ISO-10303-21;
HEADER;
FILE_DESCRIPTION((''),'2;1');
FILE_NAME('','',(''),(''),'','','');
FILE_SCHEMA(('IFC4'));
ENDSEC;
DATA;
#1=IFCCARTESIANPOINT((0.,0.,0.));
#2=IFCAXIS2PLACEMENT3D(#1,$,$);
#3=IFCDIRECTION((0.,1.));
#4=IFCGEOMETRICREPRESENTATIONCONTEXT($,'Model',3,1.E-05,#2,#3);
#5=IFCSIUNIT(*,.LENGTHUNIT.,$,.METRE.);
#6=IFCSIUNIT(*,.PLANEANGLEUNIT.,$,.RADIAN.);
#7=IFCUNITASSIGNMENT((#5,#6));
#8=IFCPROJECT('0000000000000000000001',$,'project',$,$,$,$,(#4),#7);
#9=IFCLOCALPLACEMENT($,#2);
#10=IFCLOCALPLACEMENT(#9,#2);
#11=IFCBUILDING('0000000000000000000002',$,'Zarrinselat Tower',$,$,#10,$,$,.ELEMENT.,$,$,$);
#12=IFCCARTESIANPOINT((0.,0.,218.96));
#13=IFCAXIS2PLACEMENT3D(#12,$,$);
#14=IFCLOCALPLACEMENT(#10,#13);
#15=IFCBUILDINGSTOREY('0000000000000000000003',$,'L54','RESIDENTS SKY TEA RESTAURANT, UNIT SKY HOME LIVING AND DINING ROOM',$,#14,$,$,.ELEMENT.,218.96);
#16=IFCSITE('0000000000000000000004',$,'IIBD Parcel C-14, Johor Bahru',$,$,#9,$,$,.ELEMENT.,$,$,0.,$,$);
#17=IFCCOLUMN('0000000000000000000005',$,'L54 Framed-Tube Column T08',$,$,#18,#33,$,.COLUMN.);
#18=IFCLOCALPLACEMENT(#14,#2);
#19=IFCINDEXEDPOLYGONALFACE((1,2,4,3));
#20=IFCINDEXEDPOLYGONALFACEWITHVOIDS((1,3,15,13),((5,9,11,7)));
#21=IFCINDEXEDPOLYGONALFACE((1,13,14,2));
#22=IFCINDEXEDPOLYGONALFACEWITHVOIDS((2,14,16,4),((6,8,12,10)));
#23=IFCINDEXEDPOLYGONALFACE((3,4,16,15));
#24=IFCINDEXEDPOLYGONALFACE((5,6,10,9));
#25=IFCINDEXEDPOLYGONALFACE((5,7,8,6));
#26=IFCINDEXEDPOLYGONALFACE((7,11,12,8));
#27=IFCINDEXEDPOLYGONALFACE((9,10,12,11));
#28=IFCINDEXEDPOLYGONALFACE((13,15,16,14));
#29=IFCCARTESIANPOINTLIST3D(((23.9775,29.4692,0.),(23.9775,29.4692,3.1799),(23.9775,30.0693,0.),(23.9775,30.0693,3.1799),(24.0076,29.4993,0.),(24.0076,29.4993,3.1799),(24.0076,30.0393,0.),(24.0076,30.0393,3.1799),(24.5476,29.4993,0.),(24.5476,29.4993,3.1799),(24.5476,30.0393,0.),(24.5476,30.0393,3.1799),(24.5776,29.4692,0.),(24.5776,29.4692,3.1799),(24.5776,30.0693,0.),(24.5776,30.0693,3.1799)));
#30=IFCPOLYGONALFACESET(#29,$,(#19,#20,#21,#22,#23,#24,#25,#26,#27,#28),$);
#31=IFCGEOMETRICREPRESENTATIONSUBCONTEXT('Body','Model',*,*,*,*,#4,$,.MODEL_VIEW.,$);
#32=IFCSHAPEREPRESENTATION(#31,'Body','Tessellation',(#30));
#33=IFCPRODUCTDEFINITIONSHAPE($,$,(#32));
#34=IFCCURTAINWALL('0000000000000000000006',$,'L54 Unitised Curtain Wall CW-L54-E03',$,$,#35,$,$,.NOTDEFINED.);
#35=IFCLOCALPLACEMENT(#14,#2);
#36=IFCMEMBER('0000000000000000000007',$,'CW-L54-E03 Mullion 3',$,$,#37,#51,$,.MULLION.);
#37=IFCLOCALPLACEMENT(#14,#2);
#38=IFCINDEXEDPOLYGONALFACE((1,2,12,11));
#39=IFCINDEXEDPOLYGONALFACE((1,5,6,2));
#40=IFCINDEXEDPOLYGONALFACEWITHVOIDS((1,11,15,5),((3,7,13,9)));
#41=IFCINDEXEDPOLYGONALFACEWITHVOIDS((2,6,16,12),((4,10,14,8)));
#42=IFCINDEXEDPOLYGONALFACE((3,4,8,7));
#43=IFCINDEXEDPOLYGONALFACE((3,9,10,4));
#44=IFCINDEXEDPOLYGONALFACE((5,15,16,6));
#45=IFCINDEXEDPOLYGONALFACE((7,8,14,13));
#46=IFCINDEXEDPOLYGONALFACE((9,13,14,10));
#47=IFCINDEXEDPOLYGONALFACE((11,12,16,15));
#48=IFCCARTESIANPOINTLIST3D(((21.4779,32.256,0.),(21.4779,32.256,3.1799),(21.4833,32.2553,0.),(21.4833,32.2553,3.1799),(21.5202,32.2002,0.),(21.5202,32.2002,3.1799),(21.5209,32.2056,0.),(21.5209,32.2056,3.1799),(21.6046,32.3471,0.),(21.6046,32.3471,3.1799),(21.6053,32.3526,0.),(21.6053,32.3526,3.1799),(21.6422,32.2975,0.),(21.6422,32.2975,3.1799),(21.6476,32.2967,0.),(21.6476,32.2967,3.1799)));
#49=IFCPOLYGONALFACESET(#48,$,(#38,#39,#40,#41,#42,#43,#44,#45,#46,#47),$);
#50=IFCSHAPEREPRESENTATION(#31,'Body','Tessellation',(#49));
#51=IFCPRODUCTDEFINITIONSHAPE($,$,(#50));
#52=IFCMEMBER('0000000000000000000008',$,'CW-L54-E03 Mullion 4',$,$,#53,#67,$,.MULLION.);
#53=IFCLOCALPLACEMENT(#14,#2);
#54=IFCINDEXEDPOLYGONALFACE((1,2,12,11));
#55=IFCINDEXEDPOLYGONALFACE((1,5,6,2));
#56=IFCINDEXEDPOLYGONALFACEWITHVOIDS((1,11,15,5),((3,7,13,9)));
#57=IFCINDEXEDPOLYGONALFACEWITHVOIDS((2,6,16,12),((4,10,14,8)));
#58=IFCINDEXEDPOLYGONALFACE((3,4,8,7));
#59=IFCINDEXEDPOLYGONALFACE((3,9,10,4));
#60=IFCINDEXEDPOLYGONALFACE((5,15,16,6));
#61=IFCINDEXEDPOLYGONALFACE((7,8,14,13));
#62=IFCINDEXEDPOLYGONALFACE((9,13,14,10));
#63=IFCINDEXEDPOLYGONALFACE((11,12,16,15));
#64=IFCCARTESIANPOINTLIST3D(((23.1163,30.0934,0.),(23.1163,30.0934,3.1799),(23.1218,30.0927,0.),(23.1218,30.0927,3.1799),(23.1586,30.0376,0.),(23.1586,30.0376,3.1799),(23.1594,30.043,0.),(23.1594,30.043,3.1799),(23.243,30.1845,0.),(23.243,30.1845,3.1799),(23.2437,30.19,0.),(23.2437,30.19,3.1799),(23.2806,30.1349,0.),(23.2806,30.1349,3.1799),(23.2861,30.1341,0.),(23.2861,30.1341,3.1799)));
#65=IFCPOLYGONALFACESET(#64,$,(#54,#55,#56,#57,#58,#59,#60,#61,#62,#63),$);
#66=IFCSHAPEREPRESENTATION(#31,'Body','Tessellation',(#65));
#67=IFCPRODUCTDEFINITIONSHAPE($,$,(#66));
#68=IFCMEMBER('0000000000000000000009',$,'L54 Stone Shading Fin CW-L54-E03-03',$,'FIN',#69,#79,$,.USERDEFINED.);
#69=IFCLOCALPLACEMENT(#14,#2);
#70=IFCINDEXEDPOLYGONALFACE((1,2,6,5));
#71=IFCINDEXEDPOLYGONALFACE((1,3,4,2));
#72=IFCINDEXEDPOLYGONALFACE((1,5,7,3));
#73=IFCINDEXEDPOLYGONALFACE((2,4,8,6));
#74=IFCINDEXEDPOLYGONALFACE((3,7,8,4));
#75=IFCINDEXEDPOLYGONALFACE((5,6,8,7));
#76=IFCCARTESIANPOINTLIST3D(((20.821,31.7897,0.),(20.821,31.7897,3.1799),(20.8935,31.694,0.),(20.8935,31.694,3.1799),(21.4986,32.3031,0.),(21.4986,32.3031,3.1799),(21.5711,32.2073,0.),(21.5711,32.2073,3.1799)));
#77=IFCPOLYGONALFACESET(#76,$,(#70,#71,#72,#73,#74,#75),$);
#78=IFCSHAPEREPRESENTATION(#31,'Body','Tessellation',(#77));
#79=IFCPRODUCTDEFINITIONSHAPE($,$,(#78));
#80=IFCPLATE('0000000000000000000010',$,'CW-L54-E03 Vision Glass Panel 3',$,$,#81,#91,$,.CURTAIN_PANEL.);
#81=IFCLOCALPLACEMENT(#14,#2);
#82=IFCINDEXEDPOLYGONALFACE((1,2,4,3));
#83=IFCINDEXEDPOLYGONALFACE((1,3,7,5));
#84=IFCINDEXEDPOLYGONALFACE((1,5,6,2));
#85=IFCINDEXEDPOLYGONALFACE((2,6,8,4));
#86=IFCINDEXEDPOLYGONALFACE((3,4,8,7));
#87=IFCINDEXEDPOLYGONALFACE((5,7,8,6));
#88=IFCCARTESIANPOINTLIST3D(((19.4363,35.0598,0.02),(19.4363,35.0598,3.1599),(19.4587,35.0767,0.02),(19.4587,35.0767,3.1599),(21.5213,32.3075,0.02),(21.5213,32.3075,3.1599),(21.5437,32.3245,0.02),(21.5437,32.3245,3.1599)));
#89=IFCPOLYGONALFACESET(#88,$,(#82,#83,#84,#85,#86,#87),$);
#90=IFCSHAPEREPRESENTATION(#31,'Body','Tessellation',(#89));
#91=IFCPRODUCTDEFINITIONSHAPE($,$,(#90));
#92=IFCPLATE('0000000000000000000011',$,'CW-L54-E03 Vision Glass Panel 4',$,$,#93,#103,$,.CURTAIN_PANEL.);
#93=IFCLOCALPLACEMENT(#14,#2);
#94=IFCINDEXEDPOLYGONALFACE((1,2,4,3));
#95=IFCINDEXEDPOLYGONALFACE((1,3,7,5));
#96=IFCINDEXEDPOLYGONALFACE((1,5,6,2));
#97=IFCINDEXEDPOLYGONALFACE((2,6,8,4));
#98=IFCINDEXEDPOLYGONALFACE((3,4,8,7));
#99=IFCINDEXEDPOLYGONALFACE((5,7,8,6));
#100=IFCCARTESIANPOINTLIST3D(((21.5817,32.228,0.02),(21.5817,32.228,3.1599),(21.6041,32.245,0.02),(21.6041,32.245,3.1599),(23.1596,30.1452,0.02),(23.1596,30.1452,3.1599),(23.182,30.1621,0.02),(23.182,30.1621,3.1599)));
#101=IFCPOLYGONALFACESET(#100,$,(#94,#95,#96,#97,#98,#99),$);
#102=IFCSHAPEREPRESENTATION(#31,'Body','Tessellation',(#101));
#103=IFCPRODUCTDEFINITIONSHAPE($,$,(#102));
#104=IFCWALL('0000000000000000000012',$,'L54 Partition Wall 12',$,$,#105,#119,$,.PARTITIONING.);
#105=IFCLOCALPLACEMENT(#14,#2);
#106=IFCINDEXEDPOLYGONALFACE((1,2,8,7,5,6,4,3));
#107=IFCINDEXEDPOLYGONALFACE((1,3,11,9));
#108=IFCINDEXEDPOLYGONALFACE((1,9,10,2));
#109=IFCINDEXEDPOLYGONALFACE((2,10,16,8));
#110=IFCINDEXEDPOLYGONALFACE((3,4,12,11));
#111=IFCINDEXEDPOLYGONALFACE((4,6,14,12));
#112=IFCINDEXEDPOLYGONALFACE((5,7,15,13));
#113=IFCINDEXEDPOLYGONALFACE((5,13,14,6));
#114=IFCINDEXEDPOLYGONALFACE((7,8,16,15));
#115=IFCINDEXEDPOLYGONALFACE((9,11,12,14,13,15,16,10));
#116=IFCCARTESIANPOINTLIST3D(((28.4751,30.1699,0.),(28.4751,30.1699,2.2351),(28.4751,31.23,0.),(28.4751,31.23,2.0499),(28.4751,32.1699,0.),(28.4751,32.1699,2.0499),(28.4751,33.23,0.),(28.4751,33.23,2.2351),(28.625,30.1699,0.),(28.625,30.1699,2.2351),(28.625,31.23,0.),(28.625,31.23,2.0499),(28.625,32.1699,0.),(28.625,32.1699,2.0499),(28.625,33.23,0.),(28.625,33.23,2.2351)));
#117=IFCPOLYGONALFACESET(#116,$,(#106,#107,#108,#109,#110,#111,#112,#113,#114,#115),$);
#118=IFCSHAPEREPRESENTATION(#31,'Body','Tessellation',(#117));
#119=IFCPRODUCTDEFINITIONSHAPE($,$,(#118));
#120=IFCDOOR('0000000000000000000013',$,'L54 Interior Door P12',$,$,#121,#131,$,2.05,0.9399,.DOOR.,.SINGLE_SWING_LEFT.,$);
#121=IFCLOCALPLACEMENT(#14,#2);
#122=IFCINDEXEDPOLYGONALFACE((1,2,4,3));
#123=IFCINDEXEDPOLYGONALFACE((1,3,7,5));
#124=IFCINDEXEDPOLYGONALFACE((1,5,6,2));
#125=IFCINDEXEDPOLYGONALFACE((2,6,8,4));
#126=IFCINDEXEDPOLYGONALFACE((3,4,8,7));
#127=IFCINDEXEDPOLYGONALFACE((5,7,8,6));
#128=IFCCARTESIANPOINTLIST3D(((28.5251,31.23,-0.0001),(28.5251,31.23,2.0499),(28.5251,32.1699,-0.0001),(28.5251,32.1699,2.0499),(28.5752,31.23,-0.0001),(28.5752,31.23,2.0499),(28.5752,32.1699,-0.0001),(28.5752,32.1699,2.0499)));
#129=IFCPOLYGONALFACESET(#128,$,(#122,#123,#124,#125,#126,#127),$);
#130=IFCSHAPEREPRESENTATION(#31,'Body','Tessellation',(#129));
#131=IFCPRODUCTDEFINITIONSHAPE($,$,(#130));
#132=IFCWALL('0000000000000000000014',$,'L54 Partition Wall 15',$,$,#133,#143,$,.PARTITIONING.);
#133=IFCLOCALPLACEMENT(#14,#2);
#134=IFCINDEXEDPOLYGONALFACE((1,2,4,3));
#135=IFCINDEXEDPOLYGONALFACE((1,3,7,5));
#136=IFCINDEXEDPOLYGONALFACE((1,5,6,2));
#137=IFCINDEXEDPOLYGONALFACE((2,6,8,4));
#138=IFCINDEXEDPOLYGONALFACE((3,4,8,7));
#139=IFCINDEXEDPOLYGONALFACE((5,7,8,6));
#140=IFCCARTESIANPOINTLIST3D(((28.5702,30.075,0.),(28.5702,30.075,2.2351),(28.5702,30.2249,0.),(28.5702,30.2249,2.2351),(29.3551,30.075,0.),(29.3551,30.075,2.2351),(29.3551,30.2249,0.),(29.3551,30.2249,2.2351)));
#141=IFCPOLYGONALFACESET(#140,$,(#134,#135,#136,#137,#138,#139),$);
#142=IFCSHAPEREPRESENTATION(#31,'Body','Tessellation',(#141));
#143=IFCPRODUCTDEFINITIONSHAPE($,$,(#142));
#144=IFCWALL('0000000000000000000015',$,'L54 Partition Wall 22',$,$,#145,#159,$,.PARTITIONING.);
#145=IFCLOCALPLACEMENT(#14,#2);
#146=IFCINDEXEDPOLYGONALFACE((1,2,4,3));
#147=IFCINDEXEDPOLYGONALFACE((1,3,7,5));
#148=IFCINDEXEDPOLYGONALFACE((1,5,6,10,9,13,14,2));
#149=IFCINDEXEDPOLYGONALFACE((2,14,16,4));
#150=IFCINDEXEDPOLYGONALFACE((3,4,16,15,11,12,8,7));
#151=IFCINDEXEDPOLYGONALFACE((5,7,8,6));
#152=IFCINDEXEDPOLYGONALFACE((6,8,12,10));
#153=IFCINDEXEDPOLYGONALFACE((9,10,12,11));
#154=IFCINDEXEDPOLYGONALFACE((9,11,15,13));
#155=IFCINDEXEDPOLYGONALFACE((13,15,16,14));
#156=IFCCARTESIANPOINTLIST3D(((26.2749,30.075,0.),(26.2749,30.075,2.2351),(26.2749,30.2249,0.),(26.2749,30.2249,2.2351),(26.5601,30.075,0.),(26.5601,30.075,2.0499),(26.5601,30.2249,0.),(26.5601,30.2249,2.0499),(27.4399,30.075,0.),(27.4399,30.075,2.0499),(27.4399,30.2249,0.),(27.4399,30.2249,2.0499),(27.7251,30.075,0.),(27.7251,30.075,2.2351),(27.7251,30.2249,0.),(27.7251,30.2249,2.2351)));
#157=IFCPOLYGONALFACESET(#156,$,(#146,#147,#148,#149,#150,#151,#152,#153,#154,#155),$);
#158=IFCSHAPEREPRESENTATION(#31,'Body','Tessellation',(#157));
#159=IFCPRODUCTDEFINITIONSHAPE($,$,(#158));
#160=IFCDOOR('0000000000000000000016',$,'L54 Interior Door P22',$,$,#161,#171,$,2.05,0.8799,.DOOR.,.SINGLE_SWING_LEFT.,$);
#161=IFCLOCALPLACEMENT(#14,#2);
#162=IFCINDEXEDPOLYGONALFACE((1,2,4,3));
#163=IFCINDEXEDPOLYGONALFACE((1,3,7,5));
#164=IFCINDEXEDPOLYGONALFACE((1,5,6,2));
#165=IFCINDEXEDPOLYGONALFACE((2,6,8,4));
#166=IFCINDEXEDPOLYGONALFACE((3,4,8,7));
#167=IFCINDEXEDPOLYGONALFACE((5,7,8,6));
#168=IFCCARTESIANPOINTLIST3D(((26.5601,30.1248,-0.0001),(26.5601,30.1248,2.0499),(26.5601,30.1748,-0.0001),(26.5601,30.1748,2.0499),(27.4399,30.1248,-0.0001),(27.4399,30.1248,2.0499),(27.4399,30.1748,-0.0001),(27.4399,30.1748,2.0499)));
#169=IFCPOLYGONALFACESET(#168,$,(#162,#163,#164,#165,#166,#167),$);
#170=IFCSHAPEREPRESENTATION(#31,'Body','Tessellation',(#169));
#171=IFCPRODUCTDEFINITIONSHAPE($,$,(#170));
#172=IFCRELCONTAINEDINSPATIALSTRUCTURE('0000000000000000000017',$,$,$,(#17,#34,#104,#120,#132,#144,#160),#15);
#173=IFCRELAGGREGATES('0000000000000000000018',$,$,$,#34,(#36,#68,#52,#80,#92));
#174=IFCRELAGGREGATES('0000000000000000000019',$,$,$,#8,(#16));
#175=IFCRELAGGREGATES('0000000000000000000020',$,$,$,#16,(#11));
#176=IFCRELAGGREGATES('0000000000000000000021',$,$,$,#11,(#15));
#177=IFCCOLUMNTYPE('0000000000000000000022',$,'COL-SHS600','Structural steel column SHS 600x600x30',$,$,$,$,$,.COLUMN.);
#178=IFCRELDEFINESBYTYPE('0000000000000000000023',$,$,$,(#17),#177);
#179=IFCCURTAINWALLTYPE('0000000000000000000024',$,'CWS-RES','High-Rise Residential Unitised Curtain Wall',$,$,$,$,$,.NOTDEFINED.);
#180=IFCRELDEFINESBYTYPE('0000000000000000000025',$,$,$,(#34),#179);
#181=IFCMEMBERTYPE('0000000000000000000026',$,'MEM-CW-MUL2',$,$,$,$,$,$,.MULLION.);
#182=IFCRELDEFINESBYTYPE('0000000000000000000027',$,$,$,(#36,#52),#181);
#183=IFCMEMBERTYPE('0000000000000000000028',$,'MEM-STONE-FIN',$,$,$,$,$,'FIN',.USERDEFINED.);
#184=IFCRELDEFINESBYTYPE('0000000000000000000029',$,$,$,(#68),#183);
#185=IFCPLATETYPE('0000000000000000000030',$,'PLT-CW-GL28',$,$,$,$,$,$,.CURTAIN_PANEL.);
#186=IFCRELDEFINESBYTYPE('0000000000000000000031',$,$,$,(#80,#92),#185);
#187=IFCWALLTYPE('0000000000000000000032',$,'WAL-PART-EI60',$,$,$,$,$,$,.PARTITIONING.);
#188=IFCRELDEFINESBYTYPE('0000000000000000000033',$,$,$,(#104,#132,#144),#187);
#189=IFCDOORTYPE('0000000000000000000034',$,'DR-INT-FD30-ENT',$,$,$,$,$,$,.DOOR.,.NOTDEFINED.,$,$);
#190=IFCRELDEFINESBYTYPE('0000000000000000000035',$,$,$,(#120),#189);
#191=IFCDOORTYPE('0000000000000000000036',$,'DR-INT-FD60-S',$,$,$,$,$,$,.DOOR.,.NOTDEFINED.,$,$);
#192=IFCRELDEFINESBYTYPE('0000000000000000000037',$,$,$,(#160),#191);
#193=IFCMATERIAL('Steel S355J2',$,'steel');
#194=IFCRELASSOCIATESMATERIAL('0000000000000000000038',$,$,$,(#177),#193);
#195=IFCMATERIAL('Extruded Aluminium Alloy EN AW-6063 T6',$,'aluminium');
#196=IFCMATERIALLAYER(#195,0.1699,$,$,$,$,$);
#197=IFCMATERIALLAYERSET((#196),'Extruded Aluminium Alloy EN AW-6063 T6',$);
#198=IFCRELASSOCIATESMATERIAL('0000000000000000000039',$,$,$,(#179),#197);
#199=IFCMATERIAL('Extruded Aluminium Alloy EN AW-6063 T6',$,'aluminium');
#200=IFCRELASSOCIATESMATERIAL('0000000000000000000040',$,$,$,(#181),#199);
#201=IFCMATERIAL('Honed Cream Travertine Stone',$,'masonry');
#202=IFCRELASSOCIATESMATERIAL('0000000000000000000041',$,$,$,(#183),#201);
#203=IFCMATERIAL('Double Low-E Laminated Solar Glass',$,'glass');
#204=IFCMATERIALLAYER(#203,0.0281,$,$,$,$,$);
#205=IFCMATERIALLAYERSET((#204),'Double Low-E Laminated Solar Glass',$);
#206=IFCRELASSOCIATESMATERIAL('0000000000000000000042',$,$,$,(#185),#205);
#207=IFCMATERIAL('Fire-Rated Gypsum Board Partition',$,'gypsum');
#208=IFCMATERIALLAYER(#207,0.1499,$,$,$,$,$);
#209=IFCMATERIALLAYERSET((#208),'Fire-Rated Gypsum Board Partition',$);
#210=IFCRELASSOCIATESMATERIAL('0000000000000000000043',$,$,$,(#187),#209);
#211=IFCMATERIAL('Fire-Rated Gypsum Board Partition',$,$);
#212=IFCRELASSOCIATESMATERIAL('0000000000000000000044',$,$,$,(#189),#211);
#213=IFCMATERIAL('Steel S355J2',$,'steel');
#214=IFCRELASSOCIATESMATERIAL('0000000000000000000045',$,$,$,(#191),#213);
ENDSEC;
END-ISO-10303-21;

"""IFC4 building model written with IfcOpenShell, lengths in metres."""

from ifc_helpers import new_model, si_unit, direction, frame, frame_2d, origin, origin_2d, place, context, subcontext, project, spatial, rectangle, hollow_rectangle, extrude, material, layer, layer_set, material_profile, profile_set, type_object, element, fill, aggregate, save


model = new_model("IFC4")

# Units and contexts
model_context = context("Model", 3, precision=1e-05, world=origin(), true_north=direction((0.0, 1.0)))
body_context = subcontext(model_context, "Body", "Model", "MODEL_VIEW")
ifc_project = project(units=[si_unit("LENGTHUNIT", "METRE"), si_unit("PLANEANGLEUNIT", "RADIAN")], contexts=[model_context])

# Site, building, storey
site_placement = place(None, origin())
site = spatial("IfcSite", under=ifc_project, at=site_placement, Name="IIBD Parcel C-14, Johor Bahru", CompositionType="ELEMENT", RefElevation=0.0)
building_placement = place(site_placement, origin())
building = spatial("IfcBuilding", under=site, at=building_placement, Name="Zarrinselat Tower", CompositionType="ELEMENT")
storey_placement = place(building_placement, frame((0.0, 0.0, 218.96)))
storey = spatial("IfcBuildingStorey", under=building, at=storey_placement, Name="L54", Description="RESIDENTS SKY TEA RESTAURANT, UNIT SKY HOME LIVING AND DINING ROOM", CompositionType="ELEMENT", Elevation=218.96)

# Column
ifc_material_1 = material(Name="Steel S355J2", Category="steel")
ifc_material_profile_1 = material_profile(ifc_material_1, hollow_rectangle(XDim=0.6001, YDim=0.6001, WallThickness=0.03, at=origin_2d()), Name="SHS 600x600x30")
ifc_profile_set_1 = profile_set([ifc_material_profile_1], Name="Steel S355J2")
column_type = type_object("IfcColumnType", Name="COL-SHS600", Description="Structural steel column SHS 600x600x30", PredefinedType="COLUMN", material=ifc_profile_set_1)
column_placement = place(storey_placement, frame((24.2776, 29.7693, 0.0), z_axis=(0.0, 0.0, 1.0), x_axis=(1.0, 0.0, 0.0)))
element("IfcColumn", 1, at=column_placement, inside=storey, type_object=column_type, Name="L54 Framed-Tube Column T08", PredefinedType="COLUMN", context=body_context, shape_type="SweptSolid", body=[
    extrude(hollow_rectangle(XDim=0.6001, YDim=0.6001, WallThickness=0.03, at=origin_2d()), origin(), (0.0, 0.0, 1.0), 3.1799),
])

# Curtain wall, members, plates
ifc_material_2 = material(Name="Extruded Aluminium Alloy EN AW-6063 T6", Category="aluminium")
ifc_layer_1 = layer(ifc_material_2, 0.1699)
ifc_layer_set_1 = layer_set([ifc_layer_1], Name="Extruded Aluminium Alloy EN AW-6063 T6")
curtain_wall_type = type_object("IfcCurtainWallType", Name="CWS-RES", Description="High-Rise Residential Unitised Curtain Wall", PredefinedType="NOTDEFINED", material=ifc_layer_set_1)
curtain_wall_placement = place(storey_placement, origin())
curtain_wall = element("IfcCurtainWall", 2, at=curtain_wall_placement, inside=storey, type_object=curtain_wall_type, Name="L54 Unitised Curtain Wall CW-L54-E03", PredefinedType="NOTDEFINED")
ifc_material_3 = material(Name="Extruded Aluminium Alloy EN AW-6063 T6", Category="aluminium")
ifc_material_profile_2 = material_profile(ifc_material_3, hollow_rectangle(XDim=0.0701, YDim=0.1599, WallThickness=0.0039, at=origin_2d()), Name="RHS 160x70x4")
ifc_profile_set_2 = profile_set([ifc_material_profile_2], Name="Extruded Aluminium Alloy EN AW-6063 T6")
member_type_1 = type_object("IfcMemberType", Name="MEM-CW-MUL2", PredefinedType="MULLION", material=ifc_profile_set_2)
member_1_placement = place(storey_placement, frame((21.5627, 32.2764, 0.0), z_axis=(0.0, 0.0, 1.0), x_axis=(0.60386, -0.797091, 0.0)))
member_1 = element("IfcMember", 3, at=member_1_placement, type_object=member_type_1, Name="CW-L54-E03 Mullion 3", PredefinedType="MULLION", context=body_context, shape_type="SweptSolid", body=[
    extrude(hollow_rectangle(XDim=0.0701, YDim=0.1599, WallThickness=0.0039, at=origin_2d()), origin(), (0.0, 0.0, 1.0), 3.1799),
])
member_2_placement = place(storey_placement, frame((23.2012, 30.1138, 0.0), z_axis=(0.0, 0.0, 1.0), x_axis=(0.60386, -0.797091, 0.0)))
member_2 = element("IfcMember", 4, at=member_2_placement, type_object=member_type_1, Name="CW-L54-E03 Mullion 4", PredefinedType="MULLION", context=body_context, shape_type="SweptSolid", body=[
    extrude(hollow_rectangle(XDim=0.0701, YDim=0.1599, WallThickness=0.0039, at=origin_2d()), origin(), (0.0, 0.0, 1.0), 3.1799),
])
ifc_material_4 = material(Name="Honed Cream Travertine Stone", Category="masonry")
ifc_material_profile_3 = material_profile(ifc_material_4, rectangle(XDim=0.1201, YDim=0.8501, at=origin_2d()), Name="FIN 850x120")
ifc_profile_set_3 = profile_set([ifc_material_profile_3], Name="Honed Cream Travertine Stone")
member_type_2 = type_object("IfcMemberType", Name="MEM-STONE-FIN", ElementType="FIN", PredefinedType="USERDEFINED", material=ifc_profile_set_3)
member_3_placement = place(storey_placement, frame((21.196, 31.9985, 0.0), z_axis=(0.0, 0.0, 1.0), x_axis=(-0.60386, 0.797091, 0.0)))
member_3 = element("IfcMember", 5, at=member_3_placement, type_object=member_type_2, Name="L54 Stone Shading Fin CW-L54-E03-03", ObjectType="FIN", PredefinedType="USERDEFINED", context=body_context, shape_type="SweptSolid", body=[
    extrude(rectangle(XDim=0.1201, YDim=0.8501, at=origin_2d()), origin(), (0.0, 0.0, 1.0), 3.1799),
])
ifc_material_5 = material(Name="Double Low-E Laminated Solar Glass", Category="glass")
ifc_layer_2 = layer(ifc_material_5, 0.0281)
ifc_layer_set_2 = layer_set([ifc_layer_2], Name="Double Low-E Laminated Solar Glass")
plate_type = type_object("IfcPlateType", Name="PLT-CW-GL28", PredefinedType="CURTAIN_PANEL", material=ifc_layer_set_2)
plate_1_placement = place(storey_placement, frame((20.49, 33.6921, 0.02), z_axis=(0.0, 0.0, 1.0), x_axis=(0.60386, -0.797091, 0.0)))
plate_1 = element("IfcPlate", 6, at=plate_1_placement, type_object=plate_type, Name="CW-L54-E03 Vision Glass Panel 3", PredefinedType="CURTAIN_PANEL", context=body_context, shape_type="SweptSolid", body=[
    extrude(rectangle(XDim=3.4529, YDim=0.0281, at=origin_2d()), origin(), (0.0, 0.0, 1.0), 3.1399),
])
plate_2_placement = place(storey_placement, frame((22.3818, 31.1951, 0.02), z_axis=(0.0, 0.0, 1.0), x_axis=(0.60386, -0.797091, 0.0)))
plate_2 = element("IfcPlate", 7, at=plate_2_placement, type_object=plate_type, Name="CW-L54-E03 Vision Glass Panel 4", PredefinedType="CURTAIN_PANEL", context=body_context, shape_type="SweptSolid", body=[
    extrude(rectangle(XDim=2.613, YDim=0.0281, at=origin_2d()), origin(), (0.0, 0.0, 1.0), 3.1399),
])
aggregate(curtain_wall, [member_1, member_3, member_2, plate_1, plate_2])

# Wall, opening, door
ifc_material_6 = material(Name="Fire-Rated Gypsum Board Partition", Category="gypsum")
ifc_layer_3 = layer(ifc_material_6, 0.1499)
ifc_layer_set_3 = layer_set([ifc_layer_3], Name="Fire-Rated Gypsum Board Partition")
wall_type_1 = type_object("IfcWallType", Name="WAL-PART-EI60", PredefinedType="PARTITIONING", material=ifc_layer_set_3)
wall_1_placement = place(storey_placement, frame((28.55, 30.1699, 0.0), z_axis=(0.0, 0.0, 1.0), x_axis=(0.0, 1.0, 0.0)))
wall_1 = element("IfcWall", 8, at=wall_1_placement, inside=storey, type_object=wall_type_1, Name="L54 Partition Wall 12", PredefinedType="PARTITIONING", context=body_context, shape_type="SweptSolid", body=[
    extrude(rectangle(XDim=3.0601, YDim=0.1499, at=frame_2d((1.53, 0.0))), origin(), (0.0, 0.0, 1.0), 2.2351),
])
opening_1_placement = place(wall_1_placement, frame((1.0601, 0.0, 0.0)))
opening_1 = element("IfcOpeningElement", 9, at=opening_1_placement, cuts=wall_1, PredefinedType="OPENING", context=body_context, shape_type="SweptSolid", body=[
    extrude(rectangle(XDim=0.9399, YDim=2.05, at=frame_2d((0.47, 1.0249))), frame((0.0, 0.085, 0.0), z_axis=(0.0, -1.0, 0.0), x_axis=(1.0, 0.0, 0.0)), (0.0, 0.0, 1.0), 0.1699),
])
ifc_material_7 = material(Name="Fire-Rated Gypsum Board Partition")
door_type_1 = type_object("IfcDoorType", Name="DR-INT-FD30-ENT", OperationType="NOTDEFINED", PredefinedType="DOOR", material=ifc_material_7)
door_1_placement = place(opening_1_placement, origin())
door_1 = element("IfcDoor", 10, at=door_1_placement, inside=storey, type_object=door_type_1, Name="L54 Interior Door P12", OperationType="SINGLE_SWING_LEFT", OverallHeight=2.05, OverallWidth=0.9399, PredefinedType="DOOR", context=body_context, shape_type="SweptSolid", body=[
    extrude(rectangle(XDim=0.9399, YDim=2.05, at=frame_2d((0.47, 1.0249))), frame((0.0, 0.0249, 0.0), z_axis=(0.0, -1.0, 0.0), x_axis=(1.0, 0.0, 0.0)), (0.0, 0.0, 1.0), 0.05),
])
fill(opening_1, door_1)

# Wall
wall_2_placement = place(storey_placement, frame((28.5701, 30.1499, 0.0), z_axis=(0.0, 0.0, 1.0), x_axis=(1.0, 0.0, 0.0)))
element("IfcWall", 11, at=wall_2_placement, inside=storey, type_object=wall_type_1, Name="L54 Partition Wall 15", PredefinedType="PARTITIONING", context=body_context, shape_type="SweptSolid", body=[
    extrude(rectangle(XDim=0.7849, YDim=0.1499, at=frame_2d((0.3926, 0.0))), origin(), (0.0, 0.0, 1.0), 2.2351),
])

# Wall, opening, door
wall_3_placement = place(storey_placement, frame((26.2749, 30.1499, 0.0), z_axis=(0.0, 0.0, 1.0), x_axis=(1.0, 0.0, 0.0)))
wall_3 = element("IfcWall", 12, at=wall_3_placement, inside=storey, type_object=wall_type_1, Name="L54 Partition Wall 22", PredefinedType="PARTITIONING", context=body_context, shape_type="SweptSolid", body=[
    extrude(rectangle(XDim=1.4502, YDim=0.1499, at=frame_2d((0.7251, 0.0))), origin(), (0.0, 0.0, 1.0), 2.2351),
])
opening_2_placement = place(wall_3_placement, frame((0.2852, 0.0, 0.0)))
opening_2 = element("IfcOpeningElement", 13, at=opening_2_placement, cuts=wall_3, PredefinedType="OPENING", context=body_context, shape_type="SweptSolid", body=[
    extrude(rectangle(XDim=0.8799, YDim=2.05, at=frame_2d((0.4399, 1.0249))), frame((0.0, 0.085, 0.0), z_axis=(0.0, -1.0, 0.0), x_axis=(1.0, 0.0, 0.0)), (0.0, 0.0, 1.0), 0.1699),
])
ifc_material_8 = material(Name="Steel S355J2", Category="steel")
door_type_2 = type_object("IfcDoorType", Name="DR-INT-FD60-S", OperationType="NOTDEFINED", PredefinedType="DOOR", material=ifc_material_8)
door_2_placement = place(opening_2_placement, origin())
door_2 = element("IfcDoor", 14, at=door_2_placement, inside=storey, type_object=door_type_2, Name="L54 Interior Door P22", OperationType="SINGLE_SWING_LEFT", OverallHeight=2.05, OverallWidth=0.8799, PredefinedType="DOOR", context=body_context, shape_type="SweptSolid", body=[
    extrude(rectangle(XDim=0.8799, YDim=2.05, at=frame_2d((0.4399, 1.0249))), frame((0.0, 0.0249, 0.0), z_axis=(0.0, -1.0, 0.0), x_axis=(1.0, 0.0, 0.0)), (0.0, 0.0, 1.0), 0.05),
])
fill(opening_2, door_2)

save(model, "model.ifc")
